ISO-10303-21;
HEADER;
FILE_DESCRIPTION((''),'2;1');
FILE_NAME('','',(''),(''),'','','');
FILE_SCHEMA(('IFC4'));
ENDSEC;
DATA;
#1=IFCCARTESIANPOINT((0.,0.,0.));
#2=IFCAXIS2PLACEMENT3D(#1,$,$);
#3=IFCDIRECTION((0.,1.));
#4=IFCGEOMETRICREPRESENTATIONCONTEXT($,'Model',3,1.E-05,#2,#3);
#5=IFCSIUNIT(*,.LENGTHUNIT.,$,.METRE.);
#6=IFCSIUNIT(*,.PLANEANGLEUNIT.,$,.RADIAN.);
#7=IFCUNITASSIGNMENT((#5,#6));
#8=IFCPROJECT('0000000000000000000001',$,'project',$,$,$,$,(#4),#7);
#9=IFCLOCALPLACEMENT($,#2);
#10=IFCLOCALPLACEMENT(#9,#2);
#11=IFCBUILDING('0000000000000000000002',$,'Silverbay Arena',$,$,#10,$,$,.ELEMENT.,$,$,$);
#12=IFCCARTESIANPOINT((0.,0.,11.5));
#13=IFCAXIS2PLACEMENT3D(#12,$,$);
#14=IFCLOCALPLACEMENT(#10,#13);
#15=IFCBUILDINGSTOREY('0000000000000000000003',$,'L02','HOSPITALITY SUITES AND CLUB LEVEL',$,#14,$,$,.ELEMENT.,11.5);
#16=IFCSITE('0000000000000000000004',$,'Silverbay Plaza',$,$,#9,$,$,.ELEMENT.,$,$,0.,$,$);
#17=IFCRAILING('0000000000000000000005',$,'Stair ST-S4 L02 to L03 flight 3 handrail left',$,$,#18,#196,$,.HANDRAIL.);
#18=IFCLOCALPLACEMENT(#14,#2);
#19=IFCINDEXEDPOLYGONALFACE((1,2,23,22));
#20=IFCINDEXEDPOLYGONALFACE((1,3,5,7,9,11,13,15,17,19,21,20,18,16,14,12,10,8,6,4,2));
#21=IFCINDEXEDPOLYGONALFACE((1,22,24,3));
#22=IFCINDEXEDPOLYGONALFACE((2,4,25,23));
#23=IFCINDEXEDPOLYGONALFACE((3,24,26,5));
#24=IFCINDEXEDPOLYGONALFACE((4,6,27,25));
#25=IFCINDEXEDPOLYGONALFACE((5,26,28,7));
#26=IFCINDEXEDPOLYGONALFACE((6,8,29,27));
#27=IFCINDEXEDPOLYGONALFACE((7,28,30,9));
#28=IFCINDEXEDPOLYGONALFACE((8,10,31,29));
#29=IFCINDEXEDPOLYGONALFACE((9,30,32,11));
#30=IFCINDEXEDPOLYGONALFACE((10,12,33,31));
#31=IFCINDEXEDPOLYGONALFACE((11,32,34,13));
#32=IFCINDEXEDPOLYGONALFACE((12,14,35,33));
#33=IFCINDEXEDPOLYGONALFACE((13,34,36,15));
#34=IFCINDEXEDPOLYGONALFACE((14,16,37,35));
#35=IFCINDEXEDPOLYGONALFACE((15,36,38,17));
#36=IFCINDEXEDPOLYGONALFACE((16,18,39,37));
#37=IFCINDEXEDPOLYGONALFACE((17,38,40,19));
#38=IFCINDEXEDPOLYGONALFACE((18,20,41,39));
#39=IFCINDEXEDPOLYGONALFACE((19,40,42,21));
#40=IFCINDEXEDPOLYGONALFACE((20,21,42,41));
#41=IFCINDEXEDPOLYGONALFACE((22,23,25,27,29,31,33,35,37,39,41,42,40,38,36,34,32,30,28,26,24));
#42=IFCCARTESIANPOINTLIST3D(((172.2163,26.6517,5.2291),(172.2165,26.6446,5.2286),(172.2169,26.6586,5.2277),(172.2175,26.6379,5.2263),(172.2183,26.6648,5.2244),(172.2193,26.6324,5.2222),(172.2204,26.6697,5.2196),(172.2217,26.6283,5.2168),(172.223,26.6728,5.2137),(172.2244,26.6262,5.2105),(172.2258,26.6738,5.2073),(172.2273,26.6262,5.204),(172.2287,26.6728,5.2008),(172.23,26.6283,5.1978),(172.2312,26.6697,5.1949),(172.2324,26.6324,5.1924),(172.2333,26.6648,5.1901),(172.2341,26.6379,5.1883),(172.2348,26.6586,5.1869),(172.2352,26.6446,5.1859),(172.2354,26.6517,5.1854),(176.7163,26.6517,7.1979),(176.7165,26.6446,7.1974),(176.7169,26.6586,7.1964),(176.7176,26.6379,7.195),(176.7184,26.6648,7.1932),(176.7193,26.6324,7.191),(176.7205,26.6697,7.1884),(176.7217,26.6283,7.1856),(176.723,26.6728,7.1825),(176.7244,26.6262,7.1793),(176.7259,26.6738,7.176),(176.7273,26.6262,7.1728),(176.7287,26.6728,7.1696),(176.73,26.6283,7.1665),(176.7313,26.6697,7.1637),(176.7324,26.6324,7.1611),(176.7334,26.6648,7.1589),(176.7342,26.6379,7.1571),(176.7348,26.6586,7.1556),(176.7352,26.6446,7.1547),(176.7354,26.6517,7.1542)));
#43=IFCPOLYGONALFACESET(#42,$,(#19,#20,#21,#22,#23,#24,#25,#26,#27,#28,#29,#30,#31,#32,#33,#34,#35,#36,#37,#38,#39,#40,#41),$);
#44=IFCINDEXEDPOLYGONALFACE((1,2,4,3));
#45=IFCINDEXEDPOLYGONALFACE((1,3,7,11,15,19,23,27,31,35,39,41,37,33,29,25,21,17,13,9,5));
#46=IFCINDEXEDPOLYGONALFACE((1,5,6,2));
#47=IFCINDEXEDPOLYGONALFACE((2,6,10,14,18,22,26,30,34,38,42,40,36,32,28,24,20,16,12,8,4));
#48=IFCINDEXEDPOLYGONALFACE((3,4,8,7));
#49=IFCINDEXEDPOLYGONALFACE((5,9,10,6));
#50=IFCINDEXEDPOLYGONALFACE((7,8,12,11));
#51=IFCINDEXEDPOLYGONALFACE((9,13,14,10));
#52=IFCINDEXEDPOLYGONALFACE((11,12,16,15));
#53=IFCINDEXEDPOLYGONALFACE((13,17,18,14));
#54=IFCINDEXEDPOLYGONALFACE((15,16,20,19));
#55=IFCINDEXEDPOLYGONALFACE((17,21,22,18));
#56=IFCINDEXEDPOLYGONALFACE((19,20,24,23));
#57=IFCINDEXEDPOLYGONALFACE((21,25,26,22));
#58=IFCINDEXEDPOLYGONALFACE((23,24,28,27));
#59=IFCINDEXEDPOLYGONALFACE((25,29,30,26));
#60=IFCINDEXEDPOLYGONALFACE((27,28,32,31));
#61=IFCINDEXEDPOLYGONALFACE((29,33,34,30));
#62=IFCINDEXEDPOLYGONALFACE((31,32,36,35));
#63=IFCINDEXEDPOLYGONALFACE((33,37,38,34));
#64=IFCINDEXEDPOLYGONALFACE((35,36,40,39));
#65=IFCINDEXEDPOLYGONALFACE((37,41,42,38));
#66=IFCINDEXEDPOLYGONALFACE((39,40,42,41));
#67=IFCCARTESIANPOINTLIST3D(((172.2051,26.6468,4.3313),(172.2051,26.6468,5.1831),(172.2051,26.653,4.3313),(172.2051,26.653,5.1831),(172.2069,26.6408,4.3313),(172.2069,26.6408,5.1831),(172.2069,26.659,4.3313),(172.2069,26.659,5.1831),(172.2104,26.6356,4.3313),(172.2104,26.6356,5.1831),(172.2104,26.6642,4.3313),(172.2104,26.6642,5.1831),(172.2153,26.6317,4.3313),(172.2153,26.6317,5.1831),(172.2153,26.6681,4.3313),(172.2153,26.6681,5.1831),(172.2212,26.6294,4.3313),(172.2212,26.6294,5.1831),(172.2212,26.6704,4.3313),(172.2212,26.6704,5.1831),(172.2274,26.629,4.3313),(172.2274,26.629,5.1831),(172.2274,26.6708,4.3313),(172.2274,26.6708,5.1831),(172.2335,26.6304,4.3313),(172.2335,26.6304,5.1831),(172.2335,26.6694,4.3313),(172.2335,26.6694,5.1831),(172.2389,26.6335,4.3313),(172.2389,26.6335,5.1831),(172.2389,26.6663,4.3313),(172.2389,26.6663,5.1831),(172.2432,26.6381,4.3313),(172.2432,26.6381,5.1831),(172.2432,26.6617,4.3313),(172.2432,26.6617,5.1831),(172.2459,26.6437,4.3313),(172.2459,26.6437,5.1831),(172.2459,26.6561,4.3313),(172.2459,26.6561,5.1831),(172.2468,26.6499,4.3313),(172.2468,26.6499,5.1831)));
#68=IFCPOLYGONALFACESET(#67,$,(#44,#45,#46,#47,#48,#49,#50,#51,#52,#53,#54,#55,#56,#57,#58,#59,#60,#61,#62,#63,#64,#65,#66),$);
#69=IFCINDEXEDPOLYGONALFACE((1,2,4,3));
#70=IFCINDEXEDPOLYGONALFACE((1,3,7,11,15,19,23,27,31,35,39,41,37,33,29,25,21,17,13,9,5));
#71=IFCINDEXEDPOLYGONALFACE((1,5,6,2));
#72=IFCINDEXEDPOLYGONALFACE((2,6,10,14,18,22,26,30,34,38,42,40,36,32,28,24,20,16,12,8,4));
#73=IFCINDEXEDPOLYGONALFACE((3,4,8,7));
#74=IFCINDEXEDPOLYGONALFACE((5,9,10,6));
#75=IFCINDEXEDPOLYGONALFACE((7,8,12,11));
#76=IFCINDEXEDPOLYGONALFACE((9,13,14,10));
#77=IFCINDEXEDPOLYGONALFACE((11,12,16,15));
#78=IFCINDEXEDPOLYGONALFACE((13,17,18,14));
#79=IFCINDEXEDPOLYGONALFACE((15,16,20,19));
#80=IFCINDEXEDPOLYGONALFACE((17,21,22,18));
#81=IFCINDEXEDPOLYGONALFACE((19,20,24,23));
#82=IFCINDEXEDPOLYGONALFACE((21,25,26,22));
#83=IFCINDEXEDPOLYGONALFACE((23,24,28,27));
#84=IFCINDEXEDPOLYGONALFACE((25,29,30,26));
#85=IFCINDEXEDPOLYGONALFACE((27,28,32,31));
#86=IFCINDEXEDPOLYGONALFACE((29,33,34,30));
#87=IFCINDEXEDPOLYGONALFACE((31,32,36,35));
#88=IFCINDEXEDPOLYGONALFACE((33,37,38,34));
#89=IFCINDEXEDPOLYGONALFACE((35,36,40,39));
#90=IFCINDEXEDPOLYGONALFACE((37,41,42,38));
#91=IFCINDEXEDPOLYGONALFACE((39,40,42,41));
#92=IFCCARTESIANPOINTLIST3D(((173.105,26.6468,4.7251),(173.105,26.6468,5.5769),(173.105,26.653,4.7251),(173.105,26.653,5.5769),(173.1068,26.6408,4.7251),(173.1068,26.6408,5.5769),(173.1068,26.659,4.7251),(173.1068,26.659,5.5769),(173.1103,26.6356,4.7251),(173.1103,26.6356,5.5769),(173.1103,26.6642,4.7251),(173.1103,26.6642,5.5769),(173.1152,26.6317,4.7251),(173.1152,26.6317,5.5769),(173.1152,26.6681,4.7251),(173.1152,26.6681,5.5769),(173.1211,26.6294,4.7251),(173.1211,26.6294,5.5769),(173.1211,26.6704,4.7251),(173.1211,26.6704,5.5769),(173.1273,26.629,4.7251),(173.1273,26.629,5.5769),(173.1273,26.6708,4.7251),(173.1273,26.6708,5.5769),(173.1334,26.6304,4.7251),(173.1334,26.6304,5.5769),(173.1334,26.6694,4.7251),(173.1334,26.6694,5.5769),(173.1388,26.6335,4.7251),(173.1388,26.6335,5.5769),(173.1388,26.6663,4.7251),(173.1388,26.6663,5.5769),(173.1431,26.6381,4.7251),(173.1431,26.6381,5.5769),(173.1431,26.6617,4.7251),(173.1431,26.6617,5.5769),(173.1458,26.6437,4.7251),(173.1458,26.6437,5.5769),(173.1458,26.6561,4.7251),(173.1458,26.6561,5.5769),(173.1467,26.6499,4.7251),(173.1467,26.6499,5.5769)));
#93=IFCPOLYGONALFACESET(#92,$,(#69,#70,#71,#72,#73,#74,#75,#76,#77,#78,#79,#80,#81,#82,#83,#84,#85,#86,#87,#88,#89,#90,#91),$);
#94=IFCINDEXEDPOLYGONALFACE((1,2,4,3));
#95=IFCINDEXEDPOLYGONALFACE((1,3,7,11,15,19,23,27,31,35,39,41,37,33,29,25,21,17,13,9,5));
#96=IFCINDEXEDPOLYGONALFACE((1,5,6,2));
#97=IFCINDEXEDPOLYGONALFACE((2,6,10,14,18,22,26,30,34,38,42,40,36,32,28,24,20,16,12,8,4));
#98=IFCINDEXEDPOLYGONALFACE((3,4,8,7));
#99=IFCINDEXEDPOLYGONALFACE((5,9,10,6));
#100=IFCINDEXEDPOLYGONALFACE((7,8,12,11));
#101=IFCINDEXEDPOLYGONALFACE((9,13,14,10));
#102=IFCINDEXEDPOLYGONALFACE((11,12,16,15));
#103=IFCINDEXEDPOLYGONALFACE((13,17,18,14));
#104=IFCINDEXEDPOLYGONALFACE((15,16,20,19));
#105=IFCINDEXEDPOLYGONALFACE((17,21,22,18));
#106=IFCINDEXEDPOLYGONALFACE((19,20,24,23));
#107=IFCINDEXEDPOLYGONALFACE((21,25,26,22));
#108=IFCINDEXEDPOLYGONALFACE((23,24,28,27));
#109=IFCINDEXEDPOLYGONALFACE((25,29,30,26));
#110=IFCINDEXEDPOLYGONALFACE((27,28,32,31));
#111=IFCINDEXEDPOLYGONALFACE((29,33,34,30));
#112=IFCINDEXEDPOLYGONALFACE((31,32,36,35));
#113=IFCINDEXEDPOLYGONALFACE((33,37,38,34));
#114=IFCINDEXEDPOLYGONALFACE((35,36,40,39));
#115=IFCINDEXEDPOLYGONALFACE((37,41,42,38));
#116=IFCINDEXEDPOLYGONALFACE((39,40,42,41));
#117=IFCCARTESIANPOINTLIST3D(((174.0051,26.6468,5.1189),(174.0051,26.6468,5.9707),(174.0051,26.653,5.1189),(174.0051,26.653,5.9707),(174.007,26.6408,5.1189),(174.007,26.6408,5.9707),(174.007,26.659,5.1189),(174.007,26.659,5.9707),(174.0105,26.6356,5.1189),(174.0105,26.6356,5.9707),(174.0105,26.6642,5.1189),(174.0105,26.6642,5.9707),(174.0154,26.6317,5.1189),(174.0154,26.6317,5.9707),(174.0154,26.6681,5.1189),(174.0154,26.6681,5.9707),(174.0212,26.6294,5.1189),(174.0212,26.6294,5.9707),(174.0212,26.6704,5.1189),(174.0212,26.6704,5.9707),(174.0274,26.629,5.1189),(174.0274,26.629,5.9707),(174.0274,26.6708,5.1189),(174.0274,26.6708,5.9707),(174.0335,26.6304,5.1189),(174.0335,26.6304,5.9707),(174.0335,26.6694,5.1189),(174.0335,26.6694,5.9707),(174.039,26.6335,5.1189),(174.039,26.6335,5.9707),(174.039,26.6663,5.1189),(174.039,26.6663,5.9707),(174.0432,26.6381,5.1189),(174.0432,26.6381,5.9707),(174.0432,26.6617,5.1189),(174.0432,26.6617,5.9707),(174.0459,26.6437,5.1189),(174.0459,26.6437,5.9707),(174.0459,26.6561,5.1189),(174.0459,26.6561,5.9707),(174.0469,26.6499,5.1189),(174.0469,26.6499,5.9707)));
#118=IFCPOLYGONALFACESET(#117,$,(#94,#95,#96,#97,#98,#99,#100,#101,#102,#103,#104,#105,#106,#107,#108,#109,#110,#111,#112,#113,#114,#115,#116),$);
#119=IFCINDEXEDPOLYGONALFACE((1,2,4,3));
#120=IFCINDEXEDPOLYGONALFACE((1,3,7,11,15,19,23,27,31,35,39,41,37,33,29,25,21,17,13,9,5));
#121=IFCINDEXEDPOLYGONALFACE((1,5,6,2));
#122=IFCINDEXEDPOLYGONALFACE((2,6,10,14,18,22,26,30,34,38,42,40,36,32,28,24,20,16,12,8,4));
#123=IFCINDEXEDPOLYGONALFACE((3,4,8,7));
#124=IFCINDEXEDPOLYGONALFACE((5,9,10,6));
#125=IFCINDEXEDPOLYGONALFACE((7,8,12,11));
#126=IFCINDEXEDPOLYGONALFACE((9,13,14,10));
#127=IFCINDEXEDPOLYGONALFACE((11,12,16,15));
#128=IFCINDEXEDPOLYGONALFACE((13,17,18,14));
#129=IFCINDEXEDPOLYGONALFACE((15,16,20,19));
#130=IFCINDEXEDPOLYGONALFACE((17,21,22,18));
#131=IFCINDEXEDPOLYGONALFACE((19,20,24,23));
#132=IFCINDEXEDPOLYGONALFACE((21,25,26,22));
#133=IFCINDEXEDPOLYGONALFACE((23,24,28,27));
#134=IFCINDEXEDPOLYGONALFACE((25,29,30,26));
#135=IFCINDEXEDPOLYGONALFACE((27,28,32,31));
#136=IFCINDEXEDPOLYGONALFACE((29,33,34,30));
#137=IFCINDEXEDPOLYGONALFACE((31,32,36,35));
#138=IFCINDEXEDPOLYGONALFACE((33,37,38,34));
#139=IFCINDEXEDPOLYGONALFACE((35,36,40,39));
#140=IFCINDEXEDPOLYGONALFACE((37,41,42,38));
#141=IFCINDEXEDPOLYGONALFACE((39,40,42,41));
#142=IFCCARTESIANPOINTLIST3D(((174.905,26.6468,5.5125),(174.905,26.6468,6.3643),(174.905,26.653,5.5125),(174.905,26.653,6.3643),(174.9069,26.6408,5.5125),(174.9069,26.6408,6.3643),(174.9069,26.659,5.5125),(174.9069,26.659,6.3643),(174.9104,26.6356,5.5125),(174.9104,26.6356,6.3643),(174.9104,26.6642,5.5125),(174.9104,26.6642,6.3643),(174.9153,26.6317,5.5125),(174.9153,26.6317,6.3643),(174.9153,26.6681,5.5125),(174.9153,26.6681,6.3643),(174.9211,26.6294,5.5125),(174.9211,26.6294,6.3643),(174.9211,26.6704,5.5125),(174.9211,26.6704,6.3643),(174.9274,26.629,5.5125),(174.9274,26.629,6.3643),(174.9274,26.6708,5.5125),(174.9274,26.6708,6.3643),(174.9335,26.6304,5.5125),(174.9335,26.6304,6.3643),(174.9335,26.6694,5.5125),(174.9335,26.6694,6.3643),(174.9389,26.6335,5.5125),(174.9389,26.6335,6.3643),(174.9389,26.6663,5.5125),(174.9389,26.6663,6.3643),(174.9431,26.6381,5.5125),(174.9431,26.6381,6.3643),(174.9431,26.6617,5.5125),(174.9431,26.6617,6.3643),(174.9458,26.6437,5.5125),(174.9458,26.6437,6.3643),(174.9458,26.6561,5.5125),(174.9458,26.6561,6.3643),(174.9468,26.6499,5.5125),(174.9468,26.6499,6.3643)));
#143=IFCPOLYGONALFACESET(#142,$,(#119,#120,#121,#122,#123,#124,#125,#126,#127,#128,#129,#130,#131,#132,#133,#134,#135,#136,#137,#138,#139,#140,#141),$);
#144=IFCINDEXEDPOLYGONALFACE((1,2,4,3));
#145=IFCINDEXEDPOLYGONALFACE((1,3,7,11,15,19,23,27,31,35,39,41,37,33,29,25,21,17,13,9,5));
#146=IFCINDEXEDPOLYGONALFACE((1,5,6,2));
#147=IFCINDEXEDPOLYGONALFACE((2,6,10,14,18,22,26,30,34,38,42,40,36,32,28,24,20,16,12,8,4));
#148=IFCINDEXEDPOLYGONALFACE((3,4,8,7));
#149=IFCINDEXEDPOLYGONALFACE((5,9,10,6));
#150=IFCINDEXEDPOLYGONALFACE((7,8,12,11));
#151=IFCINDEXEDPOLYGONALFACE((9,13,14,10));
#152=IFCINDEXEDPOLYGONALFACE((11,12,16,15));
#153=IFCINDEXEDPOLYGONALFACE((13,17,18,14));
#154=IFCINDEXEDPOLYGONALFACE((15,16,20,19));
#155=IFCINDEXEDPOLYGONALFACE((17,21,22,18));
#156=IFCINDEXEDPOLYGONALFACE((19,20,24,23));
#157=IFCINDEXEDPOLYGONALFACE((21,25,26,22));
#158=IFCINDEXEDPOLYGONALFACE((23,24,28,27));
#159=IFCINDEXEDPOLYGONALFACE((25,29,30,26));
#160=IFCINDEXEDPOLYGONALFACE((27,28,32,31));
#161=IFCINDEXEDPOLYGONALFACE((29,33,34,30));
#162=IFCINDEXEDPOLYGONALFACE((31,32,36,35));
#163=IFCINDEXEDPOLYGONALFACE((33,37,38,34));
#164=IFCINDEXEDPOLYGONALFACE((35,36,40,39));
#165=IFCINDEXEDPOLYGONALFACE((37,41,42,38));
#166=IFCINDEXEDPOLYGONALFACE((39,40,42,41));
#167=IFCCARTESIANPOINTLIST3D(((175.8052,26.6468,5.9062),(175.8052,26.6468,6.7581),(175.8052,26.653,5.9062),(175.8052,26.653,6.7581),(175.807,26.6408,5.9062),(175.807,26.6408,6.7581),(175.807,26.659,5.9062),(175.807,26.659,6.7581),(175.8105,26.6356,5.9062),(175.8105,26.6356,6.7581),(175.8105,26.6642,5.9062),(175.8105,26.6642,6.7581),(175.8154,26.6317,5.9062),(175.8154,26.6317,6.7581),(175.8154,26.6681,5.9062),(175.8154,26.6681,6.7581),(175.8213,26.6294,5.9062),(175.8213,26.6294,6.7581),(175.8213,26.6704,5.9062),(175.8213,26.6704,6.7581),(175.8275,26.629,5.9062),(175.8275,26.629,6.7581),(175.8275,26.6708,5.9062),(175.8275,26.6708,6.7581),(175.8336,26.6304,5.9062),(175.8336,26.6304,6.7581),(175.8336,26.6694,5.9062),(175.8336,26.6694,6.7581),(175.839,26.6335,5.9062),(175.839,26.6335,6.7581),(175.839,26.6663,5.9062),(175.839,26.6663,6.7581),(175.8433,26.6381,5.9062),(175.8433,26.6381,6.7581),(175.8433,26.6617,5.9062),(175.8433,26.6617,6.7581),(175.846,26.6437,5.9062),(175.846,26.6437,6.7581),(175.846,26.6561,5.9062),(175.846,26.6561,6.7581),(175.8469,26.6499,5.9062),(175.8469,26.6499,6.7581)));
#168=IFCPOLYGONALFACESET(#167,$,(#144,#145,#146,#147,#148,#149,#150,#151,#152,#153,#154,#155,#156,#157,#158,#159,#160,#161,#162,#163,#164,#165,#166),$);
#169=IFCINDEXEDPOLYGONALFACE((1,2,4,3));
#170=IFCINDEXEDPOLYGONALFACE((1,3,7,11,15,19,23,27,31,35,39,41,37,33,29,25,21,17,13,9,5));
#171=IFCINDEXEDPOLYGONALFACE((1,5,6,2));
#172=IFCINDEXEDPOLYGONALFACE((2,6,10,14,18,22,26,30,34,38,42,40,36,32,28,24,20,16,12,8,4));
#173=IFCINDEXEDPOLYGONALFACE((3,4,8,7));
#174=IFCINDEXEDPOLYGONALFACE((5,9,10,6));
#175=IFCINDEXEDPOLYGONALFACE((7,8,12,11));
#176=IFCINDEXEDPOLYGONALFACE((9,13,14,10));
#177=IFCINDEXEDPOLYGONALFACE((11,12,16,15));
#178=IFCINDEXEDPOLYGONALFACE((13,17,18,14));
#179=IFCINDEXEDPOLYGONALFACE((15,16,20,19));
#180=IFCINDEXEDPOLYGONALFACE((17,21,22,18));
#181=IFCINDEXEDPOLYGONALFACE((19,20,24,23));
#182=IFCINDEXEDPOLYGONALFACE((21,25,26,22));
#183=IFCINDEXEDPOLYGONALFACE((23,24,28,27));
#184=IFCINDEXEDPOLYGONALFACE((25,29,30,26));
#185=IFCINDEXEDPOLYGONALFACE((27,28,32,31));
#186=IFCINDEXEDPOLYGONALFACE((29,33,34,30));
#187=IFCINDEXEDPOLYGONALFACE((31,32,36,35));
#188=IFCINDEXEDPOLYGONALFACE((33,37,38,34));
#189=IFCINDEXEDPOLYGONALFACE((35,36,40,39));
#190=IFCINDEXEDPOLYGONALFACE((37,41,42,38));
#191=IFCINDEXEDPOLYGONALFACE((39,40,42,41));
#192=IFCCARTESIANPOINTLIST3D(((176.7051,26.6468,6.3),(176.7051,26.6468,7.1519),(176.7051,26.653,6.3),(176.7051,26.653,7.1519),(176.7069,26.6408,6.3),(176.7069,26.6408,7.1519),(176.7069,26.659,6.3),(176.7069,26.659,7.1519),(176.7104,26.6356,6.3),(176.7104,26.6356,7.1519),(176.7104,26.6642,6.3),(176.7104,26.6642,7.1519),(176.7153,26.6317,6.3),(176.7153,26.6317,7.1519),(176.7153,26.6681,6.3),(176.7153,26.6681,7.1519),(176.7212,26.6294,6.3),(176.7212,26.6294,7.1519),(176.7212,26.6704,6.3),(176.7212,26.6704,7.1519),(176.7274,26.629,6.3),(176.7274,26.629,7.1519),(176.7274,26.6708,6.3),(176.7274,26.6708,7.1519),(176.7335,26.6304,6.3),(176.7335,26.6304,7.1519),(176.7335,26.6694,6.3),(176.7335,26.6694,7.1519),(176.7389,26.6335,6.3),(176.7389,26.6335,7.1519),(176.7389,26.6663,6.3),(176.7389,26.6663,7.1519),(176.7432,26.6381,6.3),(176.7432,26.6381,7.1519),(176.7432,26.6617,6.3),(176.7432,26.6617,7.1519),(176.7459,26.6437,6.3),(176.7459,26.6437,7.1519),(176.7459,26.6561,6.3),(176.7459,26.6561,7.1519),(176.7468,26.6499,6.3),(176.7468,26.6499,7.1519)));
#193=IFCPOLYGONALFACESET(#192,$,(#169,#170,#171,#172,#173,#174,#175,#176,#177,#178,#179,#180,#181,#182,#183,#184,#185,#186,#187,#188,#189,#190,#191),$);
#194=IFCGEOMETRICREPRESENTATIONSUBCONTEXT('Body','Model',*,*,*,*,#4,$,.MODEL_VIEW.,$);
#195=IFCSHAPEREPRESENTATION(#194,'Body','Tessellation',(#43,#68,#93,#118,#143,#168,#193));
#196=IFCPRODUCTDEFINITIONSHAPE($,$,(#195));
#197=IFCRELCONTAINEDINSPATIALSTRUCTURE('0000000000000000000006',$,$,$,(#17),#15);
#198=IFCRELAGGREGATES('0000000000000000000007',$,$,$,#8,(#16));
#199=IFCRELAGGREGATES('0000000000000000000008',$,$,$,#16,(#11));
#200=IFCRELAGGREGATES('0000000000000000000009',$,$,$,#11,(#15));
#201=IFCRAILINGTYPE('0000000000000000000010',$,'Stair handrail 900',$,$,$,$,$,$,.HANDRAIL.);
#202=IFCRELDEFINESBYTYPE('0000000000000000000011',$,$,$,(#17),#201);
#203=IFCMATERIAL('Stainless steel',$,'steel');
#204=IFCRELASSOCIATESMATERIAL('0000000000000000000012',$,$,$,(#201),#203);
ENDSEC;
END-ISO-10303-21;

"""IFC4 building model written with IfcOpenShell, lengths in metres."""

from ifc_helpers import new_model, si_unit, direction, frame, origin, origin_2d, place, context, subcontext, project, spatial, circle, extrude, material, type_object, element, save


model = new_model("IFC4")

# Units and contexts
model_context = context("Model", 3, precision=1e-05, world=origin(), true_north=direction((0.0, 1.0)))
body_context = subcontext(model_context, "Body", "Model", "MODEL_VIEW")
ifc_project = project(units=[si_unit("LENGTHUNIT", "METRE"), si_unit("PLANEANGLEUNIT", "RADIAN")], contexts=[model_context])

# Site, building, storey
site_placement = place(None, origin())
site = spatial("IfcSite", under=ifc_project, at=site_placement, Name="Silverbay Plaza", CompositionType="ELEMENT", RefElevation=0.0)
building_placement = place(site_placement, origin())
building = spatial("IfcBuilding", under=site, at=building_placement, Name="Silverbay Arena", CompositionType="ELEMENT")
storey_placement = place(building_placement, frame((0.0, 0.0, 11.5)))
storey = spatial("IfcBuildingStorey", under=building, at=storey_placement, Name="L02", Description="HOSPITALITY SUITES AND CLUB LEVEL", CompositionType="ELEMENT", Elevation=11.5)

# Railing
ifc_material_1 = material(Name="Stainless steel", Category="steel")
railing_type_1 = type_object("IfcRailingType", Name="Stair handrail 900", PredefinedType="HANDRAIL", material=ifc_material_1)
for number, where, name in (
    (1, (172.2258, 26.6499, 4.3313), "Stair ST-S4 L02 to L03 flight 3 handrail left"),
):
    element("IfcRailing", number, at=place(storey_placement, frame(where)), inside=storey, type_object=railing_type_1, Name=name, PredefinedType="HANDRAIL", context=body_context, shape_type="SweptSolid", body=[
        extrude(circle(Radius=0.0239, at=origin_2d()), frame((0.0, 0.0, 0.876), z_axis=(0.916157, 0.0, 0.400819), x_axis=(0.0, 1.0, 0.0)), (0.0, 0.0, 1.0), 4.9119),
        extrude(circle(Radius=0.021, at=origin_2d()), origin(), (0.0, 0.0, 1.0), 0.8518),
        extrude(circle(Radius=0.021, at=origin_2d()), frame((0.8999, 0.0, 0.3938)), (0.0, 0.0, 1.0), 0.8518),
        extrude(circle(Radius=0.021, at=origin_2d()), frame((1.8, 0.0, 0.7876)), (0.0, 0.0, 1.0), 0.8518),
        extrude(circle(Radius=0.021, at=origin_2d()), frame((2.7, 0.0, 1.1812)), (0.0, 0.0, 1.0), 0.8518),
        extrude(circle(Radius=0.021, at=origin_2d()), frame((3.6001, 0.0, 1.575)), (0.0, 0.0, 1.0), 0.8518),
        extrude(circle(Radius=0.021, at=origin_2d()), frame((4.5, 0.0, 1.9688)), (0.0, 0.0, 1.0), 0.8518),
    ])

save(model, "model.ifc")
